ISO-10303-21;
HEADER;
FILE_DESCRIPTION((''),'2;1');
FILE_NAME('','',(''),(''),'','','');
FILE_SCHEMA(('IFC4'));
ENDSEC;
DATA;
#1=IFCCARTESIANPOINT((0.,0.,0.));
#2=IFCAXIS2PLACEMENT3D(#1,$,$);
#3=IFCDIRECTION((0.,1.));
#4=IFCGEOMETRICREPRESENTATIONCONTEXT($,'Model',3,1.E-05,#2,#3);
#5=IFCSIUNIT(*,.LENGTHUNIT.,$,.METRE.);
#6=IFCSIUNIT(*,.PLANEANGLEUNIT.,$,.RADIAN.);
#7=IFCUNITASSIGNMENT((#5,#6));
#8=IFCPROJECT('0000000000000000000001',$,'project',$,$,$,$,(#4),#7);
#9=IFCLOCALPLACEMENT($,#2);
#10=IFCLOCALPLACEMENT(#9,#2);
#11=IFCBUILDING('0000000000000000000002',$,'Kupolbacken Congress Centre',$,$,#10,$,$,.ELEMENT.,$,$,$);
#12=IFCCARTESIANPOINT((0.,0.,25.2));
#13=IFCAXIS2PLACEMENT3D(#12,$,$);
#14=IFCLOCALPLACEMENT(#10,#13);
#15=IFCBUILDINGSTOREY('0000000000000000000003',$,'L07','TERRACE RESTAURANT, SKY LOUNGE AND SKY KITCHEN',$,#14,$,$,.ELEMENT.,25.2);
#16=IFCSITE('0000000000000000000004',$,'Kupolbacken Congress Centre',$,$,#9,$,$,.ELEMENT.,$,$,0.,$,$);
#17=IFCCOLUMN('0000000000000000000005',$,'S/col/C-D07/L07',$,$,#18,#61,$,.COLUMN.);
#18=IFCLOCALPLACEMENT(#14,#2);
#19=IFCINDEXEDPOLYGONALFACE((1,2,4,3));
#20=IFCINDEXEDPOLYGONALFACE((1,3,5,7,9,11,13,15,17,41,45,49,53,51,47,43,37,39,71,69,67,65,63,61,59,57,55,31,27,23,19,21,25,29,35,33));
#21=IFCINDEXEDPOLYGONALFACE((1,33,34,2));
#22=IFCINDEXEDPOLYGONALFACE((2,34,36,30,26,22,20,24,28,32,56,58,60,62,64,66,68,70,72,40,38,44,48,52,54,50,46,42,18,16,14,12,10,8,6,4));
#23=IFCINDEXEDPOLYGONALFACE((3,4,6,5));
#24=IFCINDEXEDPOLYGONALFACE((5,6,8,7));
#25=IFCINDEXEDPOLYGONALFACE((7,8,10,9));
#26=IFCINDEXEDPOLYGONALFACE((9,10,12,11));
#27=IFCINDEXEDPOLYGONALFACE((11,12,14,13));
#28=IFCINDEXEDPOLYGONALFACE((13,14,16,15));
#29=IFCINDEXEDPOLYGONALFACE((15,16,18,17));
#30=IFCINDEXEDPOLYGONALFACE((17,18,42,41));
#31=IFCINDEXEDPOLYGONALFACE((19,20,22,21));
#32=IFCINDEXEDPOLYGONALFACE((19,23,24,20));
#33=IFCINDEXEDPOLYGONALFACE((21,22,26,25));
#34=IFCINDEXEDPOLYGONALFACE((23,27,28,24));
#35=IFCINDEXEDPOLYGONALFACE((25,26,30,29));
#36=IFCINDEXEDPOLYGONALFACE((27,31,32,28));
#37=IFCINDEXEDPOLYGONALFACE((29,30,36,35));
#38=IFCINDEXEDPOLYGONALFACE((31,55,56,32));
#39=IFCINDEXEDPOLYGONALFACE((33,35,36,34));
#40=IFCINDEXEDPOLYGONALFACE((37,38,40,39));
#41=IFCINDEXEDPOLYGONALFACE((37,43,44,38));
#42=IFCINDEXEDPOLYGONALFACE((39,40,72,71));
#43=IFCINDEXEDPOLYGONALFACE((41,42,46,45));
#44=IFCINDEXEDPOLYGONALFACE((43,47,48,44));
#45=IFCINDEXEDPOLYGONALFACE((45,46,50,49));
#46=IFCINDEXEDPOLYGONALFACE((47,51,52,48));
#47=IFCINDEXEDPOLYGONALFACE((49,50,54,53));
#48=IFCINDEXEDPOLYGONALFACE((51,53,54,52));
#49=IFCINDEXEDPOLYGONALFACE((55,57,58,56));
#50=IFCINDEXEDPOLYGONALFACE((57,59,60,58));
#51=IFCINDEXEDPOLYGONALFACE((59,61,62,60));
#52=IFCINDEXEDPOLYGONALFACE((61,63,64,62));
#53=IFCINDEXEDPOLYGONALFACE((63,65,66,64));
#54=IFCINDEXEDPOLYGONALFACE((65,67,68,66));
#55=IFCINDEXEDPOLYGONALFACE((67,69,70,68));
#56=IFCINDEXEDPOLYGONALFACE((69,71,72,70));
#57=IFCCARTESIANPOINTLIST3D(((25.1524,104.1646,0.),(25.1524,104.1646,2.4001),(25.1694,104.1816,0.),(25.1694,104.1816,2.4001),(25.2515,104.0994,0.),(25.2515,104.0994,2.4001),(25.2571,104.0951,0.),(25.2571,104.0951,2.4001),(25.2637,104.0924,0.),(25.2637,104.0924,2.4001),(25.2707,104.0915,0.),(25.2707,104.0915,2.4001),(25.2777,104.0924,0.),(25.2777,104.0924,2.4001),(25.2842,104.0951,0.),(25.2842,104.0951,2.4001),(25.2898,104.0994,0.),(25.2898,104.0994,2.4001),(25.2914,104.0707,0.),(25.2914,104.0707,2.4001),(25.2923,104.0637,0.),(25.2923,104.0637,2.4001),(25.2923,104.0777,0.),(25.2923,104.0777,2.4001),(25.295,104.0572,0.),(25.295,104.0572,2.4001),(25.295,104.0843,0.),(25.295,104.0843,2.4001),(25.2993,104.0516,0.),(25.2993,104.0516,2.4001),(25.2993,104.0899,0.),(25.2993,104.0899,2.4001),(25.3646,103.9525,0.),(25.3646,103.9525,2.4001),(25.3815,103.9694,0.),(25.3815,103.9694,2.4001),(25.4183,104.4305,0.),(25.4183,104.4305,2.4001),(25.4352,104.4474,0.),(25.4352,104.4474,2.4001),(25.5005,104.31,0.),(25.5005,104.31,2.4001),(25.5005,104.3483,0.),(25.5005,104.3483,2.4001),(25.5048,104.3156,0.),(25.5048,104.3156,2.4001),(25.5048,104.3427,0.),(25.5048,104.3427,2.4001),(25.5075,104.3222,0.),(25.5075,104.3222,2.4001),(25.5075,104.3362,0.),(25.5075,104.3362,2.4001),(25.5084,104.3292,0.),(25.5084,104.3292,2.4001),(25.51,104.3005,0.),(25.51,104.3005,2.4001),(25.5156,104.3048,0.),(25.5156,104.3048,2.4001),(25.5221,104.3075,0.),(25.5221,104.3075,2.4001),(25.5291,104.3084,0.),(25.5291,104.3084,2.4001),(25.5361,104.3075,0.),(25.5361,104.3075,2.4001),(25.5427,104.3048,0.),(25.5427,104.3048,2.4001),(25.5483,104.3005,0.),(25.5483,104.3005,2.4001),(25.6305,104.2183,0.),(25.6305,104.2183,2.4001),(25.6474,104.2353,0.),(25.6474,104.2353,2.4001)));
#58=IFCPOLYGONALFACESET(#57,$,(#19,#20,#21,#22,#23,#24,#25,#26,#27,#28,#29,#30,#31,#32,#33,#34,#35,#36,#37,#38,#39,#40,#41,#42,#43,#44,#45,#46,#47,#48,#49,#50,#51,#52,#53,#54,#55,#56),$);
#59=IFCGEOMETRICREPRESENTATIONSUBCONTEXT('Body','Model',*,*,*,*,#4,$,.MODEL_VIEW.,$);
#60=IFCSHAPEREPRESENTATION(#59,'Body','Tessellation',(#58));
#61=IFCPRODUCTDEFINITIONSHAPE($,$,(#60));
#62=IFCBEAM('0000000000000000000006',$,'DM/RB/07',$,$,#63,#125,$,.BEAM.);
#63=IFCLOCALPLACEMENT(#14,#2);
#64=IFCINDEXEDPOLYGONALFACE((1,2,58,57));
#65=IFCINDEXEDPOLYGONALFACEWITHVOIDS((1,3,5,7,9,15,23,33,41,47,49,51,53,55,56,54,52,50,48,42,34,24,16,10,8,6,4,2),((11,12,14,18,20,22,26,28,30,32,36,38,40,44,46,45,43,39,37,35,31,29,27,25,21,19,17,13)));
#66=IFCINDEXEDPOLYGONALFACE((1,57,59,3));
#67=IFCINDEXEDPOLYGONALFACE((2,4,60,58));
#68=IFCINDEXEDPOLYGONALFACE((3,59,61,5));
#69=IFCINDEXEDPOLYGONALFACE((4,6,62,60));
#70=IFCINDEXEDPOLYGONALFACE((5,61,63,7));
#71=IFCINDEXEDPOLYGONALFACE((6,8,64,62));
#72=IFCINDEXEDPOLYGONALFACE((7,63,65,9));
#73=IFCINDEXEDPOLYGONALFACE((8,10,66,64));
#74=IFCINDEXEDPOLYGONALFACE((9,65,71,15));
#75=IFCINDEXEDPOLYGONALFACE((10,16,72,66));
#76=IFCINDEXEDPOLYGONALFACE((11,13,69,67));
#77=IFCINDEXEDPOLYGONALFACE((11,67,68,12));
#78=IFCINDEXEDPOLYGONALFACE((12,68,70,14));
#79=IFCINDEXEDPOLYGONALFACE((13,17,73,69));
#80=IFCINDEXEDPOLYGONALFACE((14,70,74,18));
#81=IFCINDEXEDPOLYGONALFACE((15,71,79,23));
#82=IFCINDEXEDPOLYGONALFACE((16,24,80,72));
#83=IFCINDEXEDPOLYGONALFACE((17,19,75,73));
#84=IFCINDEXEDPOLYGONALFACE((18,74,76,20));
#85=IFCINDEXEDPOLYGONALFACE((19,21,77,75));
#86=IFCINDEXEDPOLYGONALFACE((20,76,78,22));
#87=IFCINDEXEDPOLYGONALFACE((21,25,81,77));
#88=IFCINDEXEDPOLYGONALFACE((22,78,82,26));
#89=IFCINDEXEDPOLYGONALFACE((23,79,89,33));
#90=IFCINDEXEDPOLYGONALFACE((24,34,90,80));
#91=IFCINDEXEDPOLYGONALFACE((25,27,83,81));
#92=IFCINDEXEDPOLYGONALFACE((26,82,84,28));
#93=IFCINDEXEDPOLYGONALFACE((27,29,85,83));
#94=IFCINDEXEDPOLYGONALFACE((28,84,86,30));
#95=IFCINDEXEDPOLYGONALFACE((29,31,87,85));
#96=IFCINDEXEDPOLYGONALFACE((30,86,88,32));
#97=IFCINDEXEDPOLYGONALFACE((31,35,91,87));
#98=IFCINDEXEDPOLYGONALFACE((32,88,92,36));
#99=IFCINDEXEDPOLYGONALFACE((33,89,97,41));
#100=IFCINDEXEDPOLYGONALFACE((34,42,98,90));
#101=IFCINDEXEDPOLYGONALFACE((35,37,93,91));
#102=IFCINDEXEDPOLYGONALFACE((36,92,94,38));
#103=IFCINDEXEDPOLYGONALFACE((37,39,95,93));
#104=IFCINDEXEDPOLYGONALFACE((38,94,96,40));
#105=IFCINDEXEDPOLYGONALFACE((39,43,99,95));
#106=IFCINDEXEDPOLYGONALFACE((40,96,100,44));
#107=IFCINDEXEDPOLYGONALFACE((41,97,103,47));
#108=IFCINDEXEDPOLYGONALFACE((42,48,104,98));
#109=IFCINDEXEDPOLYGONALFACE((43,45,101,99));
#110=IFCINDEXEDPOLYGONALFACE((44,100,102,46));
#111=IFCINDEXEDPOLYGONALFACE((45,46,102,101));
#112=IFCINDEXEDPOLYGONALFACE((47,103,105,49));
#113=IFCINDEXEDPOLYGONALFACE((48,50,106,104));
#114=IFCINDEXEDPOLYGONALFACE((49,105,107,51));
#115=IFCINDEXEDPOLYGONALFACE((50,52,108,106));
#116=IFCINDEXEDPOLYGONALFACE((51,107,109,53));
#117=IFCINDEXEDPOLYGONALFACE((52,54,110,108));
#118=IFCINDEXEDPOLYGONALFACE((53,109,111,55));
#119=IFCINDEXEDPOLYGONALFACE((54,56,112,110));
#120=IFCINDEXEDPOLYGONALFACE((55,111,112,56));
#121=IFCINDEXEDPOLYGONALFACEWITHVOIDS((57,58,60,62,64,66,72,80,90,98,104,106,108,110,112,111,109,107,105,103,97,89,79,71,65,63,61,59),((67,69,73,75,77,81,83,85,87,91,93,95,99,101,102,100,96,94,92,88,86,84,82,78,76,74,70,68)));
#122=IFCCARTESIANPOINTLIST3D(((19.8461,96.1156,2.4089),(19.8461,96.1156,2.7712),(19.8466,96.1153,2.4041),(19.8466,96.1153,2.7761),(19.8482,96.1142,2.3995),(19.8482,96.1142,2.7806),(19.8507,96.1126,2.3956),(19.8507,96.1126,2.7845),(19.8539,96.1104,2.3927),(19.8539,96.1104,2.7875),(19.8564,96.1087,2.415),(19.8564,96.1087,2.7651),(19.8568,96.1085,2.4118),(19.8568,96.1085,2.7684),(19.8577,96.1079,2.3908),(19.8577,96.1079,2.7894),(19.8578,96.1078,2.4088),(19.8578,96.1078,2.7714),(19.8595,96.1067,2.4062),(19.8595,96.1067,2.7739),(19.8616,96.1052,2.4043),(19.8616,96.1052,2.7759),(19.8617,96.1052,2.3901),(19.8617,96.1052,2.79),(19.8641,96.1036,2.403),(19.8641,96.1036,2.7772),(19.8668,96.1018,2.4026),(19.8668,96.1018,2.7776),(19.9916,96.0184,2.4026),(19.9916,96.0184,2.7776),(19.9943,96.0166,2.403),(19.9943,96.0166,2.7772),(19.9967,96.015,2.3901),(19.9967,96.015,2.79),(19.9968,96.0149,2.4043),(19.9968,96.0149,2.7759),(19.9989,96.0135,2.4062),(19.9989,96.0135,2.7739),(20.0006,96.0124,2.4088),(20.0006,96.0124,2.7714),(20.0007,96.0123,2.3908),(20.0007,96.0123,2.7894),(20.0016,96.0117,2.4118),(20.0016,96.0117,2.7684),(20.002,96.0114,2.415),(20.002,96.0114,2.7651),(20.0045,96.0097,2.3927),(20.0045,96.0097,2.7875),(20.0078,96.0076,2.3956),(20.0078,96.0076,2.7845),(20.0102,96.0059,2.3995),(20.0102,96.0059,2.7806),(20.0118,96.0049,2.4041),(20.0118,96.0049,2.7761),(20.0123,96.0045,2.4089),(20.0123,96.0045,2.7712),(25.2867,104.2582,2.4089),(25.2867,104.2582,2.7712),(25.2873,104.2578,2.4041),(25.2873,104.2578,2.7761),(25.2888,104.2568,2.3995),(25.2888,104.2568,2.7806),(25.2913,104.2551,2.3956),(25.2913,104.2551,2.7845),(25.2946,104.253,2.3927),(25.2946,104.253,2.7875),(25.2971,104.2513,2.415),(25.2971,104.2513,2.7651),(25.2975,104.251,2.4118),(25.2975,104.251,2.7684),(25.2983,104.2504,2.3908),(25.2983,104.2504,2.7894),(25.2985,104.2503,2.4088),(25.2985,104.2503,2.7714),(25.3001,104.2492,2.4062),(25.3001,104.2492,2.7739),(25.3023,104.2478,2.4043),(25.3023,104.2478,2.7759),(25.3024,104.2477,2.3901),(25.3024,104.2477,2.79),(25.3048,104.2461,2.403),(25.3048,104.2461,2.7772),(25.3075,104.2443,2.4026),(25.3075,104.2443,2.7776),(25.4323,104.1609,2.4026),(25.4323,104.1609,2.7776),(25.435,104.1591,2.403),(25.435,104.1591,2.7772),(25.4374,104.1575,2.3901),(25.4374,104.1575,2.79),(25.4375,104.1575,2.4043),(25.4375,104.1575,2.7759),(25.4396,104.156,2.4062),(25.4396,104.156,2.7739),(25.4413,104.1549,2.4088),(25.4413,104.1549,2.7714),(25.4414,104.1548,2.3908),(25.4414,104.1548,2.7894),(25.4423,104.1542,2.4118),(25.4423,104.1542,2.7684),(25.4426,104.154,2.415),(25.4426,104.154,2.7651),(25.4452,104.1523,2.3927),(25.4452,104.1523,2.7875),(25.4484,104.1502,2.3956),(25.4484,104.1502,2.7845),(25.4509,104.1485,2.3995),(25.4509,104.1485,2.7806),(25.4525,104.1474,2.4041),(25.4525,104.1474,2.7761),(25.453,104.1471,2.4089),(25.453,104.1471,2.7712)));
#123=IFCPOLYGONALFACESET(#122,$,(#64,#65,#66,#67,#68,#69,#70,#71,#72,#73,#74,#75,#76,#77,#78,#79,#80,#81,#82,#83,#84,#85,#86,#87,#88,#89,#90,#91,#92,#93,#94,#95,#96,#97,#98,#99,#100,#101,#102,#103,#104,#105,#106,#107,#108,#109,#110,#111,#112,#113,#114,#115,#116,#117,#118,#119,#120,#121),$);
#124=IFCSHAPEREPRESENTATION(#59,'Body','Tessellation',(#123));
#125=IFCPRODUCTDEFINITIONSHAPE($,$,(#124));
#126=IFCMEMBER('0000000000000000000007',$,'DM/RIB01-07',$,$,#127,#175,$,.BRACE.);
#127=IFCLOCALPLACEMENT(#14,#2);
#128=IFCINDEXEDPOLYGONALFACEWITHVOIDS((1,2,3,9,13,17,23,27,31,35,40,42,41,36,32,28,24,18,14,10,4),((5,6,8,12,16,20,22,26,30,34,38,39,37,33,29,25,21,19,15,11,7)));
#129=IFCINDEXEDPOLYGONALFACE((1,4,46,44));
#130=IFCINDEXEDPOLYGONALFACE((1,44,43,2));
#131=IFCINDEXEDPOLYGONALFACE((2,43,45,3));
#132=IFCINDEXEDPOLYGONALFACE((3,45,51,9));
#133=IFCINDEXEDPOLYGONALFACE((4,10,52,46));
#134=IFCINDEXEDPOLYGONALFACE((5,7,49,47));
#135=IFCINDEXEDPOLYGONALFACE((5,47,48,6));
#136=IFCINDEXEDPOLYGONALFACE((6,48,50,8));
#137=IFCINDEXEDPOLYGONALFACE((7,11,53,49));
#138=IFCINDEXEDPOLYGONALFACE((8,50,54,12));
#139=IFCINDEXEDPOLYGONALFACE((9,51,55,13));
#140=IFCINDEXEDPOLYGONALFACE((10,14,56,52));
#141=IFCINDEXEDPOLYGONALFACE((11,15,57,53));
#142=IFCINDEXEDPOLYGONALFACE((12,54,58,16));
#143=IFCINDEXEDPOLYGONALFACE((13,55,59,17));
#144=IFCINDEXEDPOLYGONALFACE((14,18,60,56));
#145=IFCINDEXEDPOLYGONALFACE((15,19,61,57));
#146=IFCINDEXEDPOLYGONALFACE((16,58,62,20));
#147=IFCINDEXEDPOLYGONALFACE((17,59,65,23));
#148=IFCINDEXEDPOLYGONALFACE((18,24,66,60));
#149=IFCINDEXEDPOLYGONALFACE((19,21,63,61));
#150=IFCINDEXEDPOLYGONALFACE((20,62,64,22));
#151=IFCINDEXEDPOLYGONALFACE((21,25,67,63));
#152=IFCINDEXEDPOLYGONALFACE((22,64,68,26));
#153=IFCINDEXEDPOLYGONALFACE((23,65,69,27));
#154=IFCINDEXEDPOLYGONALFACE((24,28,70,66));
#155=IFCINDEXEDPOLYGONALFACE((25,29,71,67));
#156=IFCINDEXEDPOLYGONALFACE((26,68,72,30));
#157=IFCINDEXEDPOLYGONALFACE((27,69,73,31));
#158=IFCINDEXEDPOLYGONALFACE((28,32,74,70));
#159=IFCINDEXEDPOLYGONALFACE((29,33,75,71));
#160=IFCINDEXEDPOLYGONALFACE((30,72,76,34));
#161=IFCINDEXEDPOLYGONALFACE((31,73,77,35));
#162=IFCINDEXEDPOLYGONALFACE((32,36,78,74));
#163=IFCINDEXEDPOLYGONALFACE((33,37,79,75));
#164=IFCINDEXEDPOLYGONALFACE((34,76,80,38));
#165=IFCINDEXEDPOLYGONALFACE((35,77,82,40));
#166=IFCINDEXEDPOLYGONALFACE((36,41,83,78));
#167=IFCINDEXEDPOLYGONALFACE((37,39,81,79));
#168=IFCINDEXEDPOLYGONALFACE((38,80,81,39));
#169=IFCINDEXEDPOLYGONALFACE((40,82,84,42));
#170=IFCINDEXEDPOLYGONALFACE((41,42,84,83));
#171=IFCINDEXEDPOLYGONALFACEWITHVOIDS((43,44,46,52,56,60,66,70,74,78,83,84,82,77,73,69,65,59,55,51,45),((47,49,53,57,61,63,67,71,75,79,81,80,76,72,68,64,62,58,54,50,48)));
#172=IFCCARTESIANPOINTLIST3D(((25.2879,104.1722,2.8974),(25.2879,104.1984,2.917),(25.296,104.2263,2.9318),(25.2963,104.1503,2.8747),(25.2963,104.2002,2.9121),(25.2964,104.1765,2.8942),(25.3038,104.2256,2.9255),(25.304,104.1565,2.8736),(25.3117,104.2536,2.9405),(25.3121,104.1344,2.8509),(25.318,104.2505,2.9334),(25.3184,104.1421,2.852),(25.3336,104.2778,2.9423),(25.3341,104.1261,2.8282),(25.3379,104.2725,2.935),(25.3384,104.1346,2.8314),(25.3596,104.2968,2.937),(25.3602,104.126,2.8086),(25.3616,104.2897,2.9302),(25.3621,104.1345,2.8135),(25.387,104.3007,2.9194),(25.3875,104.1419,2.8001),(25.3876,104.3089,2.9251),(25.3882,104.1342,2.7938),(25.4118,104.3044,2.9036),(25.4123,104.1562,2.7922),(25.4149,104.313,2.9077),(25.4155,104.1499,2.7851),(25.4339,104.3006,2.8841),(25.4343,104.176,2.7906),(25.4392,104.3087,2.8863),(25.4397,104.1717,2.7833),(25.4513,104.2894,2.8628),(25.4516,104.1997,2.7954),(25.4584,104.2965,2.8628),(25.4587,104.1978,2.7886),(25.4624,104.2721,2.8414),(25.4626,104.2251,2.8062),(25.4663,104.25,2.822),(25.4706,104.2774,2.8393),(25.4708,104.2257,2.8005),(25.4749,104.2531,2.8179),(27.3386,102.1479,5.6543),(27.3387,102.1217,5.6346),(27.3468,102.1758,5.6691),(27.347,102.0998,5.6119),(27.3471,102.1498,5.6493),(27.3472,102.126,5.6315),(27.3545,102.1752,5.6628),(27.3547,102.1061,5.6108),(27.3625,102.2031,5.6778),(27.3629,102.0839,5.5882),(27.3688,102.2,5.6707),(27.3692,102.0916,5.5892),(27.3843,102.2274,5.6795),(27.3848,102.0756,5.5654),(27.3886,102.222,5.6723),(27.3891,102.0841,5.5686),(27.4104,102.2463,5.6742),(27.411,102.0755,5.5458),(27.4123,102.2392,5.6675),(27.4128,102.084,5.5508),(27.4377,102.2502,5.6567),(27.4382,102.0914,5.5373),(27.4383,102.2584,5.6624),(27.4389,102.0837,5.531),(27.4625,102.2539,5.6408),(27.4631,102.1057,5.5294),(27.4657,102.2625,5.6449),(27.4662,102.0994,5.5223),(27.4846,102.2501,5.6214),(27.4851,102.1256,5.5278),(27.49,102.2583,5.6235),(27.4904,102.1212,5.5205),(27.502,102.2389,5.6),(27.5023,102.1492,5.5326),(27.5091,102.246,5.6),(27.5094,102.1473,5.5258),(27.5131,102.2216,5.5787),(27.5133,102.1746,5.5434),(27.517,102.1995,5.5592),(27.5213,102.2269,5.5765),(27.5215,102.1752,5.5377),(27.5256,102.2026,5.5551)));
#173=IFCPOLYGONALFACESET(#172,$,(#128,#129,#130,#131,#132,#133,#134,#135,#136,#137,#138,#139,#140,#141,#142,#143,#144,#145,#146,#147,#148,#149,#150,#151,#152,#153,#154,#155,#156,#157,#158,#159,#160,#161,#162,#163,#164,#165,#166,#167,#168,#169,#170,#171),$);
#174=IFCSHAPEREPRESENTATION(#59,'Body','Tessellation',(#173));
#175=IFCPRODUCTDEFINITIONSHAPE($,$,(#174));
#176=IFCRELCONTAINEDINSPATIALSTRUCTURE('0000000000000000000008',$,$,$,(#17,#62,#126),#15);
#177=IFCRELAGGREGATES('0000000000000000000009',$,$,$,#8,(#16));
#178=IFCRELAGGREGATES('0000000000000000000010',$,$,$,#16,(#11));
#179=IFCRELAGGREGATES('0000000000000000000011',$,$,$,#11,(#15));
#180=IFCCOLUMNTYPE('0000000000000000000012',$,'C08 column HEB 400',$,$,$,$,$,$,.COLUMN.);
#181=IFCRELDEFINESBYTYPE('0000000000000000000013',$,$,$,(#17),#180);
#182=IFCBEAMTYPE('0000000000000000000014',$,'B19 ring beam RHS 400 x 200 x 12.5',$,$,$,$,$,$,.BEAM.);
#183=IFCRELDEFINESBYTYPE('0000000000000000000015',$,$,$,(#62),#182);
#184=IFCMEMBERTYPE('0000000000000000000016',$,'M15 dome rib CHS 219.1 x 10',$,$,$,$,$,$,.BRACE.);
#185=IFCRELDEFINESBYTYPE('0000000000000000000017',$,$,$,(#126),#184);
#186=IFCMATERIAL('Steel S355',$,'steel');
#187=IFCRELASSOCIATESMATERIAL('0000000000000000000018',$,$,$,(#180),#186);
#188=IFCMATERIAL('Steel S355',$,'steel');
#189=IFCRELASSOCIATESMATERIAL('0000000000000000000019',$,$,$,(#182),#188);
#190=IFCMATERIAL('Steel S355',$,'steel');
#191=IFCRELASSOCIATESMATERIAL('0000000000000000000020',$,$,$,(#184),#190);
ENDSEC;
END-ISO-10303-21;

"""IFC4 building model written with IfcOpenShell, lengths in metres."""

from ifc_helpers import new_model, si_unit, direction, frame, origin, origin_2d, place, context, subcontext, project, spatial, hollow_rectangle, hollow_circle, i_section, extrude, material, material_profile, profile_set, type_object, element, save


model = new_model("IFC4")

# Units and contexts
model_context = context("Model", 3, precision=1e-05, world=origin(), true_north=direction((0.0, 1.0)))
body_context = subcontext(model_context, "Body", "Model", "MODEL_VIEW")
ifc_project = project(units=[si_unit("LENGTHUNIT", "METRE"), si_unit("PLANEANGLEUNIT", "RADIAN")], contexts=[model_context])

# Site, building, storey
site_placement = place(None, origin())
site = spatial("IfcSite", under=ifc_project, at=site_placement, Name="Kupolbacken Congress Centre", CompositionType="ELEMENT", RefElevation=0.0)
building_placement = place(site_placement, origin())
building = spatial("IfcBuilding", under=site, at=building_placement, Name="Kupolbacken Congress Centre", CompositionType="ELEMENT")
storey_placement = place(building_placement, frame((0.0, 0.0, 25.2)))
storey = spatial("IfcBuildingStorey", under=building, at=storey_placement, Name="L07", Description="TERRACE RESTAURANT, SKY LOUNGE AND SKY KITCHEN", CompositionType="ELEMENT", Elevation=25.2)

# Column
ifc_material_1 = material(Name="Steel S355", Category="steel")
ifc_material_profile_1 = material_profile(ifc_material_1, i_section(OverallWidth=0.3, OverallDepth=0.3999, WebThickness=0.0134, FlangeThickness=0.0239, FilletRadius=0.0271, at=origin_2d()), Name="HEB 400")
ifc_profile_set_1 = profile_set([ifc_material_profile_1], Name="Steel S355")
column_type = type_object("IfcColumnType", Name="C08 column HEB 400", PredefinedType="COLUMN", material=ifc_profile_set_1)
column_placement = place(storey_placement, frame((25.3999, 104.2, 0.0), z_axis=(0.0, 0.0, 1.0), x_axis=(-0.707107, 0.707107, 0.0)))
element("IfcColumn", 1, at=column_placement, inside=storey, type_object=column_type, Name="S/col/C-D07/L07", PredefinedType="COLUMN", context=body_context, shape_type="SweptSolid", body=[
    extrude(i_section(OverallWidth=0.3, OverallDepth=0.3999, WebThickness=0.0134, FlangeThickness=0.0239, FilletRadius=0.0271, at=origin_2d()), origin(), (0.0, 0.0, 1.0), 2.4001),
])

# Beam
ifc_material_2 = material(Name="Steel S355", Category="steel")
ifc_material_profile_2 = material_profile(ifc_material_2, hollow_rectangle(XDim=0.2, YDim=0.3999, WallThickness=0.0125, InnerFilletRadius=0.0125, OuterFilletRadius=0.0188, at=origin_2d()), Name="RHS 400 x 200 x 12.5")
ifc_profile_set_2 = profile_set([ifc_material_profile_2], Name="Steel S355")
beam_type = type_object("IfcBeamType", Name="B19 ring beam RHS 400 x 200 x 12.5", PredefinedType="BEAM", material=ifc_profile_set_2)
beam_placement = place(storey_placement, frame((25.3699, 104.2026, 2.5901), z_axis=(-0.555569, -0.831471, 0.0), x_axis=(0.831471, -0.555569, 0.0)))
element("IfcBeam", 2, at=beam_placement, inside=storey, type_object=beam_type, Name="DM/RB/07", PredefinedType="BEAM", context=body_context, shape_type="SweptSolid", body=[
    extrude(hollow_rectangle(XDim=0.2, YDim=0.3999, WallThickness=0.0125, InnerFilletRadius=0.0125, OuterFilletRadius=0.0188, at=origin_2d()), origin(), (0.0, 0.0, 1.0), 9.793),
])

# Member
ifc_material_3 = material(Name="Steel S355", Category="steel")
ifc_material_profile_3 = material_profile(ifc_material_3, hollow_circle(Radius=0.1096, WallThickness=0.01, at=origin_2d()), Name="CHS 219.1 x 10")
ifc_profile_set_3 = profile_set([ifc_material_profile_3], Name="Steel S355")
member_type_1 = type_object("IfcMemberType", Name="M15 dome rib CHS 219.1 x 10", PredefinedType="BRACE", material=ifc_profile_set_3)
member_1_placement = place(storey_placement, frame((25.3809, 104.219, 2.8628), z_axis=(0.514253, -0.514191, 0.686405), x_axis=(0.707065, 0.707149, 0.0)))
element("IfcMember", 3, at=member_1_placement, inside=storey, type_object=member_type_1, Name="DM/RIB01-07", PredefinedType="BRACE", context=body_context, shape_type="SweptSolid", body=[
    extrude(hollow_circle(Radius=0.1096, WallThickness=0.01, at=origin_2d()), origin(), (0.0, 0.0, 1.0), 3.9878),
])

save(model, "model.ifc")
